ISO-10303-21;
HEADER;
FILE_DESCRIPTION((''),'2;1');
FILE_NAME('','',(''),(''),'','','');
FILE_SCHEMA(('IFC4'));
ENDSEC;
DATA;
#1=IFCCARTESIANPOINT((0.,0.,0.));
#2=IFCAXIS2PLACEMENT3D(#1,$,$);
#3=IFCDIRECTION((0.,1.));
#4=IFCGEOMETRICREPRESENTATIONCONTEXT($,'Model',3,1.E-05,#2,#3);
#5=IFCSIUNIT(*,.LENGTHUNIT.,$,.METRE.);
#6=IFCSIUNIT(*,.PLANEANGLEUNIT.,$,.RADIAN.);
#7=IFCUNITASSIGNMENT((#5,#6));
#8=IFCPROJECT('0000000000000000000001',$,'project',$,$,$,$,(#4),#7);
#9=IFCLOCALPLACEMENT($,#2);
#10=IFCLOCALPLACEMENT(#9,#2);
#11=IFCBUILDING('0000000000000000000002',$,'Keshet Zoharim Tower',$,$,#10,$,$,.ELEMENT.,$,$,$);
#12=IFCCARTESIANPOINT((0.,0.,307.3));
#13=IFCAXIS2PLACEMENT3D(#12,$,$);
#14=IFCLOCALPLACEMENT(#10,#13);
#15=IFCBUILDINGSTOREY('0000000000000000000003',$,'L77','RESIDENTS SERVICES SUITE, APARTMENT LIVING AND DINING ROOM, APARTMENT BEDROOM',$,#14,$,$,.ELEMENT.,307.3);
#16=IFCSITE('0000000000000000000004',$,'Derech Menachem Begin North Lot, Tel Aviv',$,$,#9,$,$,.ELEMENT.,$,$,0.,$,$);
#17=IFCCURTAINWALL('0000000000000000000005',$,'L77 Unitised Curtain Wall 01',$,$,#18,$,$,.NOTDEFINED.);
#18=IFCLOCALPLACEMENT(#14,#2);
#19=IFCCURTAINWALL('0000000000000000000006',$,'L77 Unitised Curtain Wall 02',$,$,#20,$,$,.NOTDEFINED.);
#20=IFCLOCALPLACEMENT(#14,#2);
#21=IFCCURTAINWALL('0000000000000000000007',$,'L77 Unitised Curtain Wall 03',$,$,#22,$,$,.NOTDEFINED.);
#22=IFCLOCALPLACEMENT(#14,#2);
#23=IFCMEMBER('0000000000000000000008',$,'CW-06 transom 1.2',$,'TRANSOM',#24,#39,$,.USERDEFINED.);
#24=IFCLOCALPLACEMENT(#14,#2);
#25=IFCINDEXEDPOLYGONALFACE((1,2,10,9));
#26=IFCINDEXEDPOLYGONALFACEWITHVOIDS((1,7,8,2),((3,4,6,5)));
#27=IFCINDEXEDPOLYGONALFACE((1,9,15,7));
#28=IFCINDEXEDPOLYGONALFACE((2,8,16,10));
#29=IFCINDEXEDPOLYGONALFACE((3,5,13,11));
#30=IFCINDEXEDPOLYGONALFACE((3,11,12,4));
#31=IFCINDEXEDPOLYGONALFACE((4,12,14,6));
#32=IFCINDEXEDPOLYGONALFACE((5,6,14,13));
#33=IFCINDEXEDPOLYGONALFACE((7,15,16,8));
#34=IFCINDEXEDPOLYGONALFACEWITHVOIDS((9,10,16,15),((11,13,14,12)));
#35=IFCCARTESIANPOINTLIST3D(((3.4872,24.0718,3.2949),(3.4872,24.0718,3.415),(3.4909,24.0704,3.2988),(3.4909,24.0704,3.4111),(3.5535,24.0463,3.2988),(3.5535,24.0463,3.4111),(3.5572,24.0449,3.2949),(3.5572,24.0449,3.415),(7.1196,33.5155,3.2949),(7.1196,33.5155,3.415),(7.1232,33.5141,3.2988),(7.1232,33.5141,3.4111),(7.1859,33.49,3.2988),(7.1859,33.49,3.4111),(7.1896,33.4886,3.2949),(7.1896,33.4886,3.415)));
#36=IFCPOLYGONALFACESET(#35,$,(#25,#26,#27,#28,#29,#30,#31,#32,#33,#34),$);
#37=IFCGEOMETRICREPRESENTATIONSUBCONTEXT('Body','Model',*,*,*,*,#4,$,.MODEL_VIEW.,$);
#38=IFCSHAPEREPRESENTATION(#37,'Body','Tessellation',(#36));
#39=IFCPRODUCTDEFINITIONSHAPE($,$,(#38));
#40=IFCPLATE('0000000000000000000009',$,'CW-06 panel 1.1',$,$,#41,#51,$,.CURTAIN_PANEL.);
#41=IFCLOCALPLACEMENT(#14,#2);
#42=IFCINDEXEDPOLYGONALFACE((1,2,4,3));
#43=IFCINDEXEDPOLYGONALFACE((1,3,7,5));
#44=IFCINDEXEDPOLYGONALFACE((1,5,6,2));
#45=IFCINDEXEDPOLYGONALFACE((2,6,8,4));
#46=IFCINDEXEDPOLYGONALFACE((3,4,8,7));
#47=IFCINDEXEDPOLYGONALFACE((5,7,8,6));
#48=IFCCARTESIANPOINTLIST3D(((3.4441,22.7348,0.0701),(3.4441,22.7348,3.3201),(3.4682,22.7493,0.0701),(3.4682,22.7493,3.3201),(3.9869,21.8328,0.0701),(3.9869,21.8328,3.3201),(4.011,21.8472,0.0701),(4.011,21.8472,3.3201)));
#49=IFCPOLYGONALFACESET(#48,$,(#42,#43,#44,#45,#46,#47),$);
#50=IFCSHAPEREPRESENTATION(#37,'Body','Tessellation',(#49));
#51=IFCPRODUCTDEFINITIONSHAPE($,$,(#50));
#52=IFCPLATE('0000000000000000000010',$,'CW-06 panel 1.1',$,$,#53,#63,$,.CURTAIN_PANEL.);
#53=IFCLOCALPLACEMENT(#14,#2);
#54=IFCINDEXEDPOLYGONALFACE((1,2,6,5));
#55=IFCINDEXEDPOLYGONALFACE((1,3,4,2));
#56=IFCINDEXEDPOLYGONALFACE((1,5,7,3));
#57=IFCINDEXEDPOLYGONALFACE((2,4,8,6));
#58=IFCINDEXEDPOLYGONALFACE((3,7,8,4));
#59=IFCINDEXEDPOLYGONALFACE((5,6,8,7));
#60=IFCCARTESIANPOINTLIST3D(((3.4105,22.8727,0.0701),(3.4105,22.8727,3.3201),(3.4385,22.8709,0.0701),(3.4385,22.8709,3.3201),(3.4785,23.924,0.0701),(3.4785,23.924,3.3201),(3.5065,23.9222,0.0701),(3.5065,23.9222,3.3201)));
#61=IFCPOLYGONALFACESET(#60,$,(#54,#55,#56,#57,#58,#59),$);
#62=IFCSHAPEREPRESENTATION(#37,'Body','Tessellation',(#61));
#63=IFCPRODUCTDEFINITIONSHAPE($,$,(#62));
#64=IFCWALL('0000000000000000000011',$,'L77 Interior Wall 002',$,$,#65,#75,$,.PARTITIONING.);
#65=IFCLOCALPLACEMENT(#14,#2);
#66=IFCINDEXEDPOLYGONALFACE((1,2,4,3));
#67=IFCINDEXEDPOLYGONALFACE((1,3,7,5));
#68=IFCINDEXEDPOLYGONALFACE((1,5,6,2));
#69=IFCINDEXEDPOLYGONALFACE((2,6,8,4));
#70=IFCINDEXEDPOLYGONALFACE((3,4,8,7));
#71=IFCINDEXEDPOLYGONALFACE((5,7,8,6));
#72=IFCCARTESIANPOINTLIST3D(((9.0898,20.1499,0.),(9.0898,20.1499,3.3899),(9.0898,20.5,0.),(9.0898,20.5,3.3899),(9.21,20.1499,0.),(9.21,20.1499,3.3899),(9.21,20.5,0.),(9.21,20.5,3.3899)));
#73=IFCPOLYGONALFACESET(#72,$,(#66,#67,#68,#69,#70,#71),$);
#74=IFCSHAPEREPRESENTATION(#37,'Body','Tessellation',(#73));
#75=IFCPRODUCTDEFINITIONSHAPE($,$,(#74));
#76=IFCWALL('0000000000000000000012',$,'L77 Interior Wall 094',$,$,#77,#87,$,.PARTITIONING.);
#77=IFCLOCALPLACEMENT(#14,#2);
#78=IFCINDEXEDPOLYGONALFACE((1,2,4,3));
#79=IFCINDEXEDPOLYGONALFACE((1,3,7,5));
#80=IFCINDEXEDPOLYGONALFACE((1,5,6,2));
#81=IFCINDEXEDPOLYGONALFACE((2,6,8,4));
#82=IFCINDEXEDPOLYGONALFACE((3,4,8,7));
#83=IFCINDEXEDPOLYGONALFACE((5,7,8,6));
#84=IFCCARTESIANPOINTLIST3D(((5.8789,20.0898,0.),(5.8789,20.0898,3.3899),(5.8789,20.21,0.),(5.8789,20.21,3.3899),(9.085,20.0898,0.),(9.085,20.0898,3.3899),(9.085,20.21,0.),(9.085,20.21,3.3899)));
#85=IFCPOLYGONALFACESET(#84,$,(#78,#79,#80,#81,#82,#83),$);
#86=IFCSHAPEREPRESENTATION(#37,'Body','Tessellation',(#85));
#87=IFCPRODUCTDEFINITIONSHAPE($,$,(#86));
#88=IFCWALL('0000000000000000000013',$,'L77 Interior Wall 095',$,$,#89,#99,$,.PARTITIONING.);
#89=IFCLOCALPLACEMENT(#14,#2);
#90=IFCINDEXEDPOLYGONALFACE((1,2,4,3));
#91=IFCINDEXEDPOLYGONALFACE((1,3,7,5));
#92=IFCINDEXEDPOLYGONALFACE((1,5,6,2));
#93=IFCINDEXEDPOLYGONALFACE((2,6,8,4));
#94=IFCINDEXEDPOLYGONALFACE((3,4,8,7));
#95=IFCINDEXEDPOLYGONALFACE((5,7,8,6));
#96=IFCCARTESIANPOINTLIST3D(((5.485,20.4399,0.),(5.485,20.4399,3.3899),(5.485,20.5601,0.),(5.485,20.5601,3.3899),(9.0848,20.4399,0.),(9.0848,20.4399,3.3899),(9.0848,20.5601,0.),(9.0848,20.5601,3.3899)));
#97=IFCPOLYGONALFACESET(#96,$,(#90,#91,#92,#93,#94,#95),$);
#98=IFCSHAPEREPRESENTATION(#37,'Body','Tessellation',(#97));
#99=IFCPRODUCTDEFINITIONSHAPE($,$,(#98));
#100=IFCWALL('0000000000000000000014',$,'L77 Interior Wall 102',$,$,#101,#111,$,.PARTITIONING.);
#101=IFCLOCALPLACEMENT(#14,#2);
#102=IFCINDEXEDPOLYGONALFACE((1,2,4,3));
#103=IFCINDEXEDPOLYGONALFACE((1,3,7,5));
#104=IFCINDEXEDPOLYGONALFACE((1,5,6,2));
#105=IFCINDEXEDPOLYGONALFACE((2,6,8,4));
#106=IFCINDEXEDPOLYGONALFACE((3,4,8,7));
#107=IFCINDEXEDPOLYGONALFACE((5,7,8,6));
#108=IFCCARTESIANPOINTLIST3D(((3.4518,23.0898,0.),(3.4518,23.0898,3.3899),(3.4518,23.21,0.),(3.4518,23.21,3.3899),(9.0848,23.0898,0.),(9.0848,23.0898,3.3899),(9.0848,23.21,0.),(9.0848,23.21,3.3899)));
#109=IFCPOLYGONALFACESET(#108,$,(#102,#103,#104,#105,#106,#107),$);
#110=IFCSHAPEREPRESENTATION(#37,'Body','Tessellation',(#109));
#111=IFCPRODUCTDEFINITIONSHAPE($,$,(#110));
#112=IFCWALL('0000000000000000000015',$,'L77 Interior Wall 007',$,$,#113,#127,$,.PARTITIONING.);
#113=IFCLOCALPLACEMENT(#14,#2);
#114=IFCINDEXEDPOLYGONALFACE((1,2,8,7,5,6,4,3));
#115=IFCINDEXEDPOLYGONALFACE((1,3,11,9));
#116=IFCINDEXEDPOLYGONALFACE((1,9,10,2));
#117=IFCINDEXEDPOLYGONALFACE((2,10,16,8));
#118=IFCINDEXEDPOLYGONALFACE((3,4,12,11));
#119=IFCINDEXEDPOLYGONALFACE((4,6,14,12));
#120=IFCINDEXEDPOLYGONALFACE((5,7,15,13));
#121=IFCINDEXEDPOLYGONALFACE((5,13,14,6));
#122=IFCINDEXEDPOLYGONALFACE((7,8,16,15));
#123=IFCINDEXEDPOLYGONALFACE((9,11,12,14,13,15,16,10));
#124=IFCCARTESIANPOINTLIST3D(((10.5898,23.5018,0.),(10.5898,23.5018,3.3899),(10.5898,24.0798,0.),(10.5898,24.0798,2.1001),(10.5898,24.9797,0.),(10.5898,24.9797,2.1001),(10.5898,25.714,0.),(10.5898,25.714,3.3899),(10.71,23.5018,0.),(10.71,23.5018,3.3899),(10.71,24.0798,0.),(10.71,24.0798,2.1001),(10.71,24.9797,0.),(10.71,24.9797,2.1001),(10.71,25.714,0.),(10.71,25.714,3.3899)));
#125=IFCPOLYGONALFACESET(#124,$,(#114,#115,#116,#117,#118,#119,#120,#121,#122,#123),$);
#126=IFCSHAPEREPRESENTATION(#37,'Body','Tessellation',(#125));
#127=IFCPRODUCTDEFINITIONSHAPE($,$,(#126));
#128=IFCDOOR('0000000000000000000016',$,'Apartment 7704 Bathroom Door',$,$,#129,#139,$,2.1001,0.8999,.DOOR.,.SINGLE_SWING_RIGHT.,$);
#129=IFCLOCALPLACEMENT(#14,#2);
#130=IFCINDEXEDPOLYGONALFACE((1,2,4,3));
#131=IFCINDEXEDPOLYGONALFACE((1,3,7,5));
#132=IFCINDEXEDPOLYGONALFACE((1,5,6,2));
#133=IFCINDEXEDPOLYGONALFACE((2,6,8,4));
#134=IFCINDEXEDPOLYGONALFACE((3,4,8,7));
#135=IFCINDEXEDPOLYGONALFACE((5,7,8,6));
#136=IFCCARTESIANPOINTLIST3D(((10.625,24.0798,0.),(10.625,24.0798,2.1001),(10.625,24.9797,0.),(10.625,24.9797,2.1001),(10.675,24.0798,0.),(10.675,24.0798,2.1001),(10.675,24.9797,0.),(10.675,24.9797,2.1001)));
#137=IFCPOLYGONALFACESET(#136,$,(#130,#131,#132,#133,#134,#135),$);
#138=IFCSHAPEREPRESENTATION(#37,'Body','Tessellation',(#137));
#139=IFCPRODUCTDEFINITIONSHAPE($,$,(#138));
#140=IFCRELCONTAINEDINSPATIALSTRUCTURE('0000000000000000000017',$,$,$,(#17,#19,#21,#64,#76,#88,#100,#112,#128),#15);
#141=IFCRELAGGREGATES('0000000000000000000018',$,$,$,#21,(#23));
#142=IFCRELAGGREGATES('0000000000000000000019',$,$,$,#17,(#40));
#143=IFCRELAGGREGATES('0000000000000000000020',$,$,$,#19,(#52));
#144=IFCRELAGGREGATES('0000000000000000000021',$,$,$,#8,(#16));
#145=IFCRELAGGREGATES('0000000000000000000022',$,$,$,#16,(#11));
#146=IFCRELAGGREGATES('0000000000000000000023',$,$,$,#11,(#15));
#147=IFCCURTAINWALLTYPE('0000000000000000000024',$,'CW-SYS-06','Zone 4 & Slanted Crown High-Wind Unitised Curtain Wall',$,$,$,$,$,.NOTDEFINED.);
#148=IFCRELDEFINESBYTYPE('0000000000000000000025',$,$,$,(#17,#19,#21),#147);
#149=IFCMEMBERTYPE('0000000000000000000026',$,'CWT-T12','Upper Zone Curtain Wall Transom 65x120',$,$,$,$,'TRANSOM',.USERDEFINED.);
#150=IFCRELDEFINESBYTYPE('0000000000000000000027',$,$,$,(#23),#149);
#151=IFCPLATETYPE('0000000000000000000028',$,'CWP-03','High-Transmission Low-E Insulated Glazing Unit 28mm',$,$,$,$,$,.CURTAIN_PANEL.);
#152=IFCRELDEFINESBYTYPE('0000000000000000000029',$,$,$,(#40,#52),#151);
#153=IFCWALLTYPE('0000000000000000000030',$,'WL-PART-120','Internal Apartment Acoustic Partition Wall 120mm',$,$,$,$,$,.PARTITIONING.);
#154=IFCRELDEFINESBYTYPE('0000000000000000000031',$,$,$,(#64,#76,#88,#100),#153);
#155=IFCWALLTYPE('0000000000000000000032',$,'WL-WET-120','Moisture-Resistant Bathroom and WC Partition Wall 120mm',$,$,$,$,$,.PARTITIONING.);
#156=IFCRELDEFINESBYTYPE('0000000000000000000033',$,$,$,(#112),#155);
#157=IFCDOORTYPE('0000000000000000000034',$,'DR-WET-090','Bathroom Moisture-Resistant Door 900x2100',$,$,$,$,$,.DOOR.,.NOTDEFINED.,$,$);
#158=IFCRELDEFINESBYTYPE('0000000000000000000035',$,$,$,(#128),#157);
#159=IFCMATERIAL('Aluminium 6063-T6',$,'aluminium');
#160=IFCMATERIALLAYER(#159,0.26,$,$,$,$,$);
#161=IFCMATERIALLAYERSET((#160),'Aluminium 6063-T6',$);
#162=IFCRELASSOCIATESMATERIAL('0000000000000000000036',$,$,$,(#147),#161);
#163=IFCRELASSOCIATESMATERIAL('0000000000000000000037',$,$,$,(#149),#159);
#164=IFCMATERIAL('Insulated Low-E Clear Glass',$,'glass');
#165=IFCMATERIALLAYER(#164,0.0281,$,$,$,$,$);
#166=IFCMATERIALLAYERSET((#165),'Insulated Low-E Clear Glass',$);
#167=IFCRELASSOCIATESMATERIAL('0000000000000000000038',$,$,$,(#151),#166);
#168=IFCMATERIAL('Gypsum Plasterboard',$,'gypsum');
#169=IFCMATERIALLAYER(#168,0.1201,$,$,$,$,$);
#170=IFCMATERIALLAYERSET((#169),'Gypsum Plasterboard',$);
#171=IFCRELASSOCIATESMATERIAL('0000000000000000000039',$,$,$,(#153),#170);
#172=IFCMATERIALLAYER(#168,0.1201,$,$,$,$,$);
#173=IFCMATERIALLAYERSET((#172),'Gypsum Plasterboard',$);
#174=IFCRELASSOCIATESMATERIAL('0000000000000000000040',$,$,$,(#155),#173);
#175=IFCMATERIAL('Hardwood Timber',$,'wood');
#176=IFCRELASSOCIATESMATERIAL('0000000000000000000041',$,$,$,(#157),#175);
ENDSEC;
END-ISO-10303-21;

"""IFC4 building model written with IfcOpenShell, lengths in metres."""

from ifc_helpers import new_model, si_unit, direction, frame, frame_2d, origin, origin_2d, place, context, subcontext, project, spatial, rectangle, hollow_rectangle, extrude, material, layer, layer_set, material_profile, profile_set, type_object, element, fill, aggregate, save


model = new_model("IFC4")

# Units and contexts
model_context = context("Model", 3, precision=1e-05, world=origin(), true_north=direction((0.0, 1.0)))
body_context = subcontext(model_context, "Body", "Model", "MODEL_VIEW")
ifc_project = project(units=[si_unit("LENGTHUNIT", "METRE"), si_unit("PLANEANGLEUNIT", "RADIAN")], contexts=[model_context])

# Site, building, storey
site_placement = place(None, origin())
site = spatial("IfcSite", under=ifc_project, at=site_placement, Name="Derech Menachem Begin North Lot, Tel Aviv", CompositionType="ELEMENT", RefElevation=0.0)
building_placement = place(site_placement, origin())
building = spatial("IfcBuilding", under=site, at=building_placement, Name="Keshet Zoharim Tower", CompositionType="ELEMENT")
storey_placement = place(building_placement, frame((0.0, 0.0, 307.3)))
storey = spatial("IfcBuildingStorey", under=building, at=storey_placement, Name="L77", Description="RESIDENTS SERVICES SUITE, APARTMENT LIVING AND DINING ROOM, APARTMENT BEDROOM", CompositionType="ELEMENT", Elevation=307.3)

# Curtain walls
ifc_material_1 = material(Name="Aluminium 6063-T6", Category="aluminium")
ifc_layer_1 = layer(ifc_material_1, 0.26)
ifc_layer_set_1 = layer_set([ifc_layer_1], Name="Aluminium 6063-T6")
curtain_wall_type = type_object("IfcCurtainWallType", Name="CW-SYS-06", Description="Zone 4 & Slanted Crown High-Wind Unitised Curtain Wall", PredefinedType="NOTDEFINED", material=ifc_layer_set_1)
curtain_wall_1_placement = place(storey_placement, origin())
curtain_wall_1 = element("IfcCurtainWall", 1, at=curtain_wall_1_placement, inside=storey, type_object=curtain_wall_type, Name="L77 Unitised Curtain Wall 01", PredefinedType="NOTDEFINED")
curtain_wall_2_placement = place(storey_placement, origin())
curtain_wall_2 = element("IfcCurtainWall", 2, at=curtain_wall_2_placement, inside=storey, type_object=curtain_wall_type, Name="L77 Unitised Curtain Wall 02", PredefinedType="NOTDEFINED")

# Curtain wall
curtain_wall_3_placement = place(storey_placement, origin())
curtain_wall_3 = element("IfcCurtainWall", 3, at=curtain_wall_3_placement, inside=storey, type_object=curtain_wall_type, Name="L77 Unitised Curtain Wall 03", PredefinedType="NOTDEFINED")

# Member
ifc_material_profile_1 = material_profile(ifc_material_1, hollow_rectangle(XDim=0.075, YDim=0.1201, WallThickness=0.0039, at=origin_2d()), Name="TRN-75x120")
ifc_profile_set_1 = profile_set([ifc_material_profile_1], Name="Aluminium 6063-T6")
member_type_1 = type_object("IfcMemberType", Name="CWT-T12", Description="Upper Zone Curtain Wall Transom 65x120", ElementType="TRANSOM", PredefinedType="USERDEFINED", material=ifc_profile_set_1)
member_1_placement = place(storey_placement, frame((3.5222, 24.0583, 3.355), z_axis=(0.358994, 0.93334, 0.0), x_axis=(-0.93334, 0.358994, 0.0)))
member_1 = element("IfcMember", 4, at=member_1_placement, type_object=member_type_1, Name="CW-06 transom 1.2", ObjectType="TRANSOM", PredefinedType="USERDEFINED", context=body_context, shape_type="SweptSolid", body=[
    extrude(hollow_rectangle(XDim=0.075, YDim=0.1201, WallThickness=0.0039, at=origin_2d()), origin(), (0.0, 0.0, 1.0), 10.1182),
])
aggregate(curtain_wall_3, [member_1])

# Plates
ifc_material_2 = material(Name="Insulated Low-E Clear Glass", Category="glass")
ifc_layer_2 = layer(ifc_material_2, 0.0281)
ifc_layer_set_2 = layer_set([ifc_layer_2], Name="Insulated Low-E Clear Glass")
plate_type = type_object("IfcPlateType", Name="CWP-03", Description="High-Transmission Low-E Insulated Glazing Unit 28mm", PredefinedType="CURTAIN_PANEL", material=ifc_layer_set_2)
plate_1_placement = place(storey_placement, frame((3.7275, 22.291, 0.0701), z_axis=(0.0, 0.0, 1.0), x_axis=(-0.515605, 0.856826, 0.0)))
plate_1 = element("IfcPlate", 5, at=plate_1_placement, type_object=plate_type, Name="CW-06 panel 1.1", PredefinedType="CURTAIN_PANEL", context=body_context, shape_type="SweptSolid", body=[
    extrude(rectangle(XDim=1.0527, YDim=0.0281, at=origin_2d()), origin(), (0.0, 0.0, 1.0), 3.25),
])
aggregate(curtain_wall_1, [plate_1])
plate_2_placement = place(storey_placement, frame((3.4585, 23.3975, 0.0701), z_axis=(0.0, 0.0, 1.0), x_axis=(0.064517, 0.997917, 0.0)))
plate_2 = element("IfcPlate", 6, at=plate_2_placement, type_object=plate_type, Name="CW-06 panel 1.1", PredefinedType="CURTAIN_PANEL", context=body_context, shape_type="SweptSolid", body=[
    extrude(rectangle(XDim=1.0535, YDim=0.0281, at=origin_2d()), origin(), (0.0, 0.0, 1.0), 3.25),
])
aggregate(curtain_wall_2, [plate_2])

# Shared definitions
ifc_material_3 = material(Name="Hardwood Timber", Category="wood")

# Wall
ifc_material_4 = material(Name="Gypsum Plasterboard", Category="gypsum")
ifc_layer_3 = layer(ifc_material_4, 0.1201)
ifc_layer_set_3 = layer_set([ifc_layer_3], Name="Gypsum Plasterboard")
wall_type_1 = type_object("IfcWallType", Name="WL-PART-120", Description="Internal Apartment Acoustic Partition Wall 120mm", PredefinedType="PARTITIONING", material=ifc_layer_set_3)
wall_1_placement = place(storey_placement, frame((9.1499, 20.1499, 0.0), z_axis=(0.0, 0.0, 1.0), x_axis=(0.0, 1.0, 0.0)))
element("IfcWall", 7, at=wall_1_placement, inside=storey, type_object=wall_type_1, Name="L77 Interior Wall 002", PredefinedType="PARTITIONING", context=body_context, shape_type="SweptSolid", body=[
    extrude(rectangle(XDim=0.3501, YDim=0.1201, at=frame_2d((0.175, 0.0))), origin(), (0.0, 0.0, 1.0), 3.3899),
])

# Walls
wall_2_placement = place(storey_placement, frame((5.8789, 20.1499, 0.0), z_axis=(0.0, 0.0, 1.0), x_axis=(1.0, 0.0, 0.0)))
element("IfcWall", 8, at=wall_2_placement, inside=storey, type_object=wall_type_1, Name="L77 Interior Wall 094", PredefinedType="PARTITIONING", context=body_context, shape_type="SweptSolid", body=[
    extrude(rectangle(XDim=3.2061, YDim=0.1201, at=frame_2d((1.603, 0.0))), origin(), (0.0, 0.0, 1.0), 3.3899),
])
wall_3_placement = place(storey_placement, frame((5.4851, 20.5, 0.0), z_axis=(0.0, 0.0, 1.0), x_axis=(1.0, 0.0, 0.0)))
element("IfcWall", 9, at=wall_3_placement, inside=storey, type_object=wall_type_1, Name="L77 Interior Wall 095", PredefinedType="PARTITIONING", context=body_context, shape_type="SweptSolid", body=[
    extrude(rectangle(XDim=3.5999, YDim=0.1201, at=frame_2d((1.7998, 0.0))), origin(), (0.0, 0.0, 1.0), 3.3899),
])
wall_4_placement = place(storey_placement, frame((3.4519, 23.1499, 0.0), z_axis=(0.0, 0.0, 1.0), x_axis=(1.0, 0.0, 0.0)))
element("IfcWall", 10, at=wall_4_placement, inside=storey, type_object=wall_type_1, Name="L77 Interior Wall 102", PredefinedType="PARTITIONING", context=body_context, shape_type="SweptSolid", body=[
    extrude(rectangle(XDim=5.6331, YDim=0.1201, at=frame_2d((2.8164, 0.0))), origin(), (0.0, 0.0, 1.0), 3.3899),
])

# Wall, opening, door
ifc_layer_4 = layer(ifc_material_4, 0.1201)
ifc_layer_set_4 = layer_set([ifc_layer_4], Name="Gypsum Plasterboard")
wall_type_2 = type_object("IfcWallType", Name="WL-WET-120", Description="Moisture-Resistant Bathroom and WC Partition Wall 120mm", PredefinedType="PARTITIONING", material=ifc_layer_set_4)
wall_5_placement = place(storey_placement, frame((10.6499, 23.502, 0.0), z_axis=(0.0, 0.0, 1.0), x_axis=(0.0, 1.0, 0.0)))
wall_5 = element("IfcWall", 11, at=wall_5_placement, inside=storey, type_object=wall_type_2, Name="L77 Interior Wall 007", PredefinedType="PARTITIONING", context=body_context, shape_type="SweptSolid", body=[
    extrude(rectangle(XDim=2.2122, YDim=0.1201, at=frame_2d((1.106, 0.0))), origin(), (0.0, 0.0, 1.0), 3.3899),
])
opening_1_placement = place(wall_5_placement, frame((0.5779, 0.0, 0.0)))
opening_1 = element("IfcOpeningElement", 12, at=opening_1_placement, cuts=wall_5, PredefinedType="OPENING", context=body_context, shape_type="SweptSolid", body=[
    extrude(rectangle(XDim=0.8999, YDim=2.1001, at=frame_2d((0.45, 1.05))), frame((0.0, 0.0701, 0.0), z_axis=(0.0, -1.0, 0.0), x_axis=(1.0, 0.0, 0.0)), (0.0, 0.0, 1.0), 0.1401),
])
door_type_1 = type_object("IfcDoorType", Name="DR-WET-090", Description="Bathroom Moisture-Resistant Door 900x2100", OperationType="NOTDEFINED", PredefinedType="DOOR", material=ifc_material_3)
door_1_placement = place(opening_1_placement, origin())
door_1 = element("IfcDoor", 13, at=door_1_placement, inside=storey, type_object=door_type_1, Name="Apartment 7704 Bathroom Door", OperationType="SINGLE_SWING_RIGHT", OverallHeight=2.1001, OverallWidth=0.8999, PredefinedType="DOOR", context=body_context, shape_type="SweptSolid", body=[
    extrude(rectangle(XDim=0.8999, YDim=2.1001, at=frame_2d((0.45, 1.05))), frame((0.0, 0.0249, 0.0), z_axis=(0.0, -1.0, 0.0), x_axis=(1.0, 0.0, 0.0)), (0.0, 0.0, 1.0), 0.05),
])
fill(opening_1, door_1)

save(model, "model.ifc")
